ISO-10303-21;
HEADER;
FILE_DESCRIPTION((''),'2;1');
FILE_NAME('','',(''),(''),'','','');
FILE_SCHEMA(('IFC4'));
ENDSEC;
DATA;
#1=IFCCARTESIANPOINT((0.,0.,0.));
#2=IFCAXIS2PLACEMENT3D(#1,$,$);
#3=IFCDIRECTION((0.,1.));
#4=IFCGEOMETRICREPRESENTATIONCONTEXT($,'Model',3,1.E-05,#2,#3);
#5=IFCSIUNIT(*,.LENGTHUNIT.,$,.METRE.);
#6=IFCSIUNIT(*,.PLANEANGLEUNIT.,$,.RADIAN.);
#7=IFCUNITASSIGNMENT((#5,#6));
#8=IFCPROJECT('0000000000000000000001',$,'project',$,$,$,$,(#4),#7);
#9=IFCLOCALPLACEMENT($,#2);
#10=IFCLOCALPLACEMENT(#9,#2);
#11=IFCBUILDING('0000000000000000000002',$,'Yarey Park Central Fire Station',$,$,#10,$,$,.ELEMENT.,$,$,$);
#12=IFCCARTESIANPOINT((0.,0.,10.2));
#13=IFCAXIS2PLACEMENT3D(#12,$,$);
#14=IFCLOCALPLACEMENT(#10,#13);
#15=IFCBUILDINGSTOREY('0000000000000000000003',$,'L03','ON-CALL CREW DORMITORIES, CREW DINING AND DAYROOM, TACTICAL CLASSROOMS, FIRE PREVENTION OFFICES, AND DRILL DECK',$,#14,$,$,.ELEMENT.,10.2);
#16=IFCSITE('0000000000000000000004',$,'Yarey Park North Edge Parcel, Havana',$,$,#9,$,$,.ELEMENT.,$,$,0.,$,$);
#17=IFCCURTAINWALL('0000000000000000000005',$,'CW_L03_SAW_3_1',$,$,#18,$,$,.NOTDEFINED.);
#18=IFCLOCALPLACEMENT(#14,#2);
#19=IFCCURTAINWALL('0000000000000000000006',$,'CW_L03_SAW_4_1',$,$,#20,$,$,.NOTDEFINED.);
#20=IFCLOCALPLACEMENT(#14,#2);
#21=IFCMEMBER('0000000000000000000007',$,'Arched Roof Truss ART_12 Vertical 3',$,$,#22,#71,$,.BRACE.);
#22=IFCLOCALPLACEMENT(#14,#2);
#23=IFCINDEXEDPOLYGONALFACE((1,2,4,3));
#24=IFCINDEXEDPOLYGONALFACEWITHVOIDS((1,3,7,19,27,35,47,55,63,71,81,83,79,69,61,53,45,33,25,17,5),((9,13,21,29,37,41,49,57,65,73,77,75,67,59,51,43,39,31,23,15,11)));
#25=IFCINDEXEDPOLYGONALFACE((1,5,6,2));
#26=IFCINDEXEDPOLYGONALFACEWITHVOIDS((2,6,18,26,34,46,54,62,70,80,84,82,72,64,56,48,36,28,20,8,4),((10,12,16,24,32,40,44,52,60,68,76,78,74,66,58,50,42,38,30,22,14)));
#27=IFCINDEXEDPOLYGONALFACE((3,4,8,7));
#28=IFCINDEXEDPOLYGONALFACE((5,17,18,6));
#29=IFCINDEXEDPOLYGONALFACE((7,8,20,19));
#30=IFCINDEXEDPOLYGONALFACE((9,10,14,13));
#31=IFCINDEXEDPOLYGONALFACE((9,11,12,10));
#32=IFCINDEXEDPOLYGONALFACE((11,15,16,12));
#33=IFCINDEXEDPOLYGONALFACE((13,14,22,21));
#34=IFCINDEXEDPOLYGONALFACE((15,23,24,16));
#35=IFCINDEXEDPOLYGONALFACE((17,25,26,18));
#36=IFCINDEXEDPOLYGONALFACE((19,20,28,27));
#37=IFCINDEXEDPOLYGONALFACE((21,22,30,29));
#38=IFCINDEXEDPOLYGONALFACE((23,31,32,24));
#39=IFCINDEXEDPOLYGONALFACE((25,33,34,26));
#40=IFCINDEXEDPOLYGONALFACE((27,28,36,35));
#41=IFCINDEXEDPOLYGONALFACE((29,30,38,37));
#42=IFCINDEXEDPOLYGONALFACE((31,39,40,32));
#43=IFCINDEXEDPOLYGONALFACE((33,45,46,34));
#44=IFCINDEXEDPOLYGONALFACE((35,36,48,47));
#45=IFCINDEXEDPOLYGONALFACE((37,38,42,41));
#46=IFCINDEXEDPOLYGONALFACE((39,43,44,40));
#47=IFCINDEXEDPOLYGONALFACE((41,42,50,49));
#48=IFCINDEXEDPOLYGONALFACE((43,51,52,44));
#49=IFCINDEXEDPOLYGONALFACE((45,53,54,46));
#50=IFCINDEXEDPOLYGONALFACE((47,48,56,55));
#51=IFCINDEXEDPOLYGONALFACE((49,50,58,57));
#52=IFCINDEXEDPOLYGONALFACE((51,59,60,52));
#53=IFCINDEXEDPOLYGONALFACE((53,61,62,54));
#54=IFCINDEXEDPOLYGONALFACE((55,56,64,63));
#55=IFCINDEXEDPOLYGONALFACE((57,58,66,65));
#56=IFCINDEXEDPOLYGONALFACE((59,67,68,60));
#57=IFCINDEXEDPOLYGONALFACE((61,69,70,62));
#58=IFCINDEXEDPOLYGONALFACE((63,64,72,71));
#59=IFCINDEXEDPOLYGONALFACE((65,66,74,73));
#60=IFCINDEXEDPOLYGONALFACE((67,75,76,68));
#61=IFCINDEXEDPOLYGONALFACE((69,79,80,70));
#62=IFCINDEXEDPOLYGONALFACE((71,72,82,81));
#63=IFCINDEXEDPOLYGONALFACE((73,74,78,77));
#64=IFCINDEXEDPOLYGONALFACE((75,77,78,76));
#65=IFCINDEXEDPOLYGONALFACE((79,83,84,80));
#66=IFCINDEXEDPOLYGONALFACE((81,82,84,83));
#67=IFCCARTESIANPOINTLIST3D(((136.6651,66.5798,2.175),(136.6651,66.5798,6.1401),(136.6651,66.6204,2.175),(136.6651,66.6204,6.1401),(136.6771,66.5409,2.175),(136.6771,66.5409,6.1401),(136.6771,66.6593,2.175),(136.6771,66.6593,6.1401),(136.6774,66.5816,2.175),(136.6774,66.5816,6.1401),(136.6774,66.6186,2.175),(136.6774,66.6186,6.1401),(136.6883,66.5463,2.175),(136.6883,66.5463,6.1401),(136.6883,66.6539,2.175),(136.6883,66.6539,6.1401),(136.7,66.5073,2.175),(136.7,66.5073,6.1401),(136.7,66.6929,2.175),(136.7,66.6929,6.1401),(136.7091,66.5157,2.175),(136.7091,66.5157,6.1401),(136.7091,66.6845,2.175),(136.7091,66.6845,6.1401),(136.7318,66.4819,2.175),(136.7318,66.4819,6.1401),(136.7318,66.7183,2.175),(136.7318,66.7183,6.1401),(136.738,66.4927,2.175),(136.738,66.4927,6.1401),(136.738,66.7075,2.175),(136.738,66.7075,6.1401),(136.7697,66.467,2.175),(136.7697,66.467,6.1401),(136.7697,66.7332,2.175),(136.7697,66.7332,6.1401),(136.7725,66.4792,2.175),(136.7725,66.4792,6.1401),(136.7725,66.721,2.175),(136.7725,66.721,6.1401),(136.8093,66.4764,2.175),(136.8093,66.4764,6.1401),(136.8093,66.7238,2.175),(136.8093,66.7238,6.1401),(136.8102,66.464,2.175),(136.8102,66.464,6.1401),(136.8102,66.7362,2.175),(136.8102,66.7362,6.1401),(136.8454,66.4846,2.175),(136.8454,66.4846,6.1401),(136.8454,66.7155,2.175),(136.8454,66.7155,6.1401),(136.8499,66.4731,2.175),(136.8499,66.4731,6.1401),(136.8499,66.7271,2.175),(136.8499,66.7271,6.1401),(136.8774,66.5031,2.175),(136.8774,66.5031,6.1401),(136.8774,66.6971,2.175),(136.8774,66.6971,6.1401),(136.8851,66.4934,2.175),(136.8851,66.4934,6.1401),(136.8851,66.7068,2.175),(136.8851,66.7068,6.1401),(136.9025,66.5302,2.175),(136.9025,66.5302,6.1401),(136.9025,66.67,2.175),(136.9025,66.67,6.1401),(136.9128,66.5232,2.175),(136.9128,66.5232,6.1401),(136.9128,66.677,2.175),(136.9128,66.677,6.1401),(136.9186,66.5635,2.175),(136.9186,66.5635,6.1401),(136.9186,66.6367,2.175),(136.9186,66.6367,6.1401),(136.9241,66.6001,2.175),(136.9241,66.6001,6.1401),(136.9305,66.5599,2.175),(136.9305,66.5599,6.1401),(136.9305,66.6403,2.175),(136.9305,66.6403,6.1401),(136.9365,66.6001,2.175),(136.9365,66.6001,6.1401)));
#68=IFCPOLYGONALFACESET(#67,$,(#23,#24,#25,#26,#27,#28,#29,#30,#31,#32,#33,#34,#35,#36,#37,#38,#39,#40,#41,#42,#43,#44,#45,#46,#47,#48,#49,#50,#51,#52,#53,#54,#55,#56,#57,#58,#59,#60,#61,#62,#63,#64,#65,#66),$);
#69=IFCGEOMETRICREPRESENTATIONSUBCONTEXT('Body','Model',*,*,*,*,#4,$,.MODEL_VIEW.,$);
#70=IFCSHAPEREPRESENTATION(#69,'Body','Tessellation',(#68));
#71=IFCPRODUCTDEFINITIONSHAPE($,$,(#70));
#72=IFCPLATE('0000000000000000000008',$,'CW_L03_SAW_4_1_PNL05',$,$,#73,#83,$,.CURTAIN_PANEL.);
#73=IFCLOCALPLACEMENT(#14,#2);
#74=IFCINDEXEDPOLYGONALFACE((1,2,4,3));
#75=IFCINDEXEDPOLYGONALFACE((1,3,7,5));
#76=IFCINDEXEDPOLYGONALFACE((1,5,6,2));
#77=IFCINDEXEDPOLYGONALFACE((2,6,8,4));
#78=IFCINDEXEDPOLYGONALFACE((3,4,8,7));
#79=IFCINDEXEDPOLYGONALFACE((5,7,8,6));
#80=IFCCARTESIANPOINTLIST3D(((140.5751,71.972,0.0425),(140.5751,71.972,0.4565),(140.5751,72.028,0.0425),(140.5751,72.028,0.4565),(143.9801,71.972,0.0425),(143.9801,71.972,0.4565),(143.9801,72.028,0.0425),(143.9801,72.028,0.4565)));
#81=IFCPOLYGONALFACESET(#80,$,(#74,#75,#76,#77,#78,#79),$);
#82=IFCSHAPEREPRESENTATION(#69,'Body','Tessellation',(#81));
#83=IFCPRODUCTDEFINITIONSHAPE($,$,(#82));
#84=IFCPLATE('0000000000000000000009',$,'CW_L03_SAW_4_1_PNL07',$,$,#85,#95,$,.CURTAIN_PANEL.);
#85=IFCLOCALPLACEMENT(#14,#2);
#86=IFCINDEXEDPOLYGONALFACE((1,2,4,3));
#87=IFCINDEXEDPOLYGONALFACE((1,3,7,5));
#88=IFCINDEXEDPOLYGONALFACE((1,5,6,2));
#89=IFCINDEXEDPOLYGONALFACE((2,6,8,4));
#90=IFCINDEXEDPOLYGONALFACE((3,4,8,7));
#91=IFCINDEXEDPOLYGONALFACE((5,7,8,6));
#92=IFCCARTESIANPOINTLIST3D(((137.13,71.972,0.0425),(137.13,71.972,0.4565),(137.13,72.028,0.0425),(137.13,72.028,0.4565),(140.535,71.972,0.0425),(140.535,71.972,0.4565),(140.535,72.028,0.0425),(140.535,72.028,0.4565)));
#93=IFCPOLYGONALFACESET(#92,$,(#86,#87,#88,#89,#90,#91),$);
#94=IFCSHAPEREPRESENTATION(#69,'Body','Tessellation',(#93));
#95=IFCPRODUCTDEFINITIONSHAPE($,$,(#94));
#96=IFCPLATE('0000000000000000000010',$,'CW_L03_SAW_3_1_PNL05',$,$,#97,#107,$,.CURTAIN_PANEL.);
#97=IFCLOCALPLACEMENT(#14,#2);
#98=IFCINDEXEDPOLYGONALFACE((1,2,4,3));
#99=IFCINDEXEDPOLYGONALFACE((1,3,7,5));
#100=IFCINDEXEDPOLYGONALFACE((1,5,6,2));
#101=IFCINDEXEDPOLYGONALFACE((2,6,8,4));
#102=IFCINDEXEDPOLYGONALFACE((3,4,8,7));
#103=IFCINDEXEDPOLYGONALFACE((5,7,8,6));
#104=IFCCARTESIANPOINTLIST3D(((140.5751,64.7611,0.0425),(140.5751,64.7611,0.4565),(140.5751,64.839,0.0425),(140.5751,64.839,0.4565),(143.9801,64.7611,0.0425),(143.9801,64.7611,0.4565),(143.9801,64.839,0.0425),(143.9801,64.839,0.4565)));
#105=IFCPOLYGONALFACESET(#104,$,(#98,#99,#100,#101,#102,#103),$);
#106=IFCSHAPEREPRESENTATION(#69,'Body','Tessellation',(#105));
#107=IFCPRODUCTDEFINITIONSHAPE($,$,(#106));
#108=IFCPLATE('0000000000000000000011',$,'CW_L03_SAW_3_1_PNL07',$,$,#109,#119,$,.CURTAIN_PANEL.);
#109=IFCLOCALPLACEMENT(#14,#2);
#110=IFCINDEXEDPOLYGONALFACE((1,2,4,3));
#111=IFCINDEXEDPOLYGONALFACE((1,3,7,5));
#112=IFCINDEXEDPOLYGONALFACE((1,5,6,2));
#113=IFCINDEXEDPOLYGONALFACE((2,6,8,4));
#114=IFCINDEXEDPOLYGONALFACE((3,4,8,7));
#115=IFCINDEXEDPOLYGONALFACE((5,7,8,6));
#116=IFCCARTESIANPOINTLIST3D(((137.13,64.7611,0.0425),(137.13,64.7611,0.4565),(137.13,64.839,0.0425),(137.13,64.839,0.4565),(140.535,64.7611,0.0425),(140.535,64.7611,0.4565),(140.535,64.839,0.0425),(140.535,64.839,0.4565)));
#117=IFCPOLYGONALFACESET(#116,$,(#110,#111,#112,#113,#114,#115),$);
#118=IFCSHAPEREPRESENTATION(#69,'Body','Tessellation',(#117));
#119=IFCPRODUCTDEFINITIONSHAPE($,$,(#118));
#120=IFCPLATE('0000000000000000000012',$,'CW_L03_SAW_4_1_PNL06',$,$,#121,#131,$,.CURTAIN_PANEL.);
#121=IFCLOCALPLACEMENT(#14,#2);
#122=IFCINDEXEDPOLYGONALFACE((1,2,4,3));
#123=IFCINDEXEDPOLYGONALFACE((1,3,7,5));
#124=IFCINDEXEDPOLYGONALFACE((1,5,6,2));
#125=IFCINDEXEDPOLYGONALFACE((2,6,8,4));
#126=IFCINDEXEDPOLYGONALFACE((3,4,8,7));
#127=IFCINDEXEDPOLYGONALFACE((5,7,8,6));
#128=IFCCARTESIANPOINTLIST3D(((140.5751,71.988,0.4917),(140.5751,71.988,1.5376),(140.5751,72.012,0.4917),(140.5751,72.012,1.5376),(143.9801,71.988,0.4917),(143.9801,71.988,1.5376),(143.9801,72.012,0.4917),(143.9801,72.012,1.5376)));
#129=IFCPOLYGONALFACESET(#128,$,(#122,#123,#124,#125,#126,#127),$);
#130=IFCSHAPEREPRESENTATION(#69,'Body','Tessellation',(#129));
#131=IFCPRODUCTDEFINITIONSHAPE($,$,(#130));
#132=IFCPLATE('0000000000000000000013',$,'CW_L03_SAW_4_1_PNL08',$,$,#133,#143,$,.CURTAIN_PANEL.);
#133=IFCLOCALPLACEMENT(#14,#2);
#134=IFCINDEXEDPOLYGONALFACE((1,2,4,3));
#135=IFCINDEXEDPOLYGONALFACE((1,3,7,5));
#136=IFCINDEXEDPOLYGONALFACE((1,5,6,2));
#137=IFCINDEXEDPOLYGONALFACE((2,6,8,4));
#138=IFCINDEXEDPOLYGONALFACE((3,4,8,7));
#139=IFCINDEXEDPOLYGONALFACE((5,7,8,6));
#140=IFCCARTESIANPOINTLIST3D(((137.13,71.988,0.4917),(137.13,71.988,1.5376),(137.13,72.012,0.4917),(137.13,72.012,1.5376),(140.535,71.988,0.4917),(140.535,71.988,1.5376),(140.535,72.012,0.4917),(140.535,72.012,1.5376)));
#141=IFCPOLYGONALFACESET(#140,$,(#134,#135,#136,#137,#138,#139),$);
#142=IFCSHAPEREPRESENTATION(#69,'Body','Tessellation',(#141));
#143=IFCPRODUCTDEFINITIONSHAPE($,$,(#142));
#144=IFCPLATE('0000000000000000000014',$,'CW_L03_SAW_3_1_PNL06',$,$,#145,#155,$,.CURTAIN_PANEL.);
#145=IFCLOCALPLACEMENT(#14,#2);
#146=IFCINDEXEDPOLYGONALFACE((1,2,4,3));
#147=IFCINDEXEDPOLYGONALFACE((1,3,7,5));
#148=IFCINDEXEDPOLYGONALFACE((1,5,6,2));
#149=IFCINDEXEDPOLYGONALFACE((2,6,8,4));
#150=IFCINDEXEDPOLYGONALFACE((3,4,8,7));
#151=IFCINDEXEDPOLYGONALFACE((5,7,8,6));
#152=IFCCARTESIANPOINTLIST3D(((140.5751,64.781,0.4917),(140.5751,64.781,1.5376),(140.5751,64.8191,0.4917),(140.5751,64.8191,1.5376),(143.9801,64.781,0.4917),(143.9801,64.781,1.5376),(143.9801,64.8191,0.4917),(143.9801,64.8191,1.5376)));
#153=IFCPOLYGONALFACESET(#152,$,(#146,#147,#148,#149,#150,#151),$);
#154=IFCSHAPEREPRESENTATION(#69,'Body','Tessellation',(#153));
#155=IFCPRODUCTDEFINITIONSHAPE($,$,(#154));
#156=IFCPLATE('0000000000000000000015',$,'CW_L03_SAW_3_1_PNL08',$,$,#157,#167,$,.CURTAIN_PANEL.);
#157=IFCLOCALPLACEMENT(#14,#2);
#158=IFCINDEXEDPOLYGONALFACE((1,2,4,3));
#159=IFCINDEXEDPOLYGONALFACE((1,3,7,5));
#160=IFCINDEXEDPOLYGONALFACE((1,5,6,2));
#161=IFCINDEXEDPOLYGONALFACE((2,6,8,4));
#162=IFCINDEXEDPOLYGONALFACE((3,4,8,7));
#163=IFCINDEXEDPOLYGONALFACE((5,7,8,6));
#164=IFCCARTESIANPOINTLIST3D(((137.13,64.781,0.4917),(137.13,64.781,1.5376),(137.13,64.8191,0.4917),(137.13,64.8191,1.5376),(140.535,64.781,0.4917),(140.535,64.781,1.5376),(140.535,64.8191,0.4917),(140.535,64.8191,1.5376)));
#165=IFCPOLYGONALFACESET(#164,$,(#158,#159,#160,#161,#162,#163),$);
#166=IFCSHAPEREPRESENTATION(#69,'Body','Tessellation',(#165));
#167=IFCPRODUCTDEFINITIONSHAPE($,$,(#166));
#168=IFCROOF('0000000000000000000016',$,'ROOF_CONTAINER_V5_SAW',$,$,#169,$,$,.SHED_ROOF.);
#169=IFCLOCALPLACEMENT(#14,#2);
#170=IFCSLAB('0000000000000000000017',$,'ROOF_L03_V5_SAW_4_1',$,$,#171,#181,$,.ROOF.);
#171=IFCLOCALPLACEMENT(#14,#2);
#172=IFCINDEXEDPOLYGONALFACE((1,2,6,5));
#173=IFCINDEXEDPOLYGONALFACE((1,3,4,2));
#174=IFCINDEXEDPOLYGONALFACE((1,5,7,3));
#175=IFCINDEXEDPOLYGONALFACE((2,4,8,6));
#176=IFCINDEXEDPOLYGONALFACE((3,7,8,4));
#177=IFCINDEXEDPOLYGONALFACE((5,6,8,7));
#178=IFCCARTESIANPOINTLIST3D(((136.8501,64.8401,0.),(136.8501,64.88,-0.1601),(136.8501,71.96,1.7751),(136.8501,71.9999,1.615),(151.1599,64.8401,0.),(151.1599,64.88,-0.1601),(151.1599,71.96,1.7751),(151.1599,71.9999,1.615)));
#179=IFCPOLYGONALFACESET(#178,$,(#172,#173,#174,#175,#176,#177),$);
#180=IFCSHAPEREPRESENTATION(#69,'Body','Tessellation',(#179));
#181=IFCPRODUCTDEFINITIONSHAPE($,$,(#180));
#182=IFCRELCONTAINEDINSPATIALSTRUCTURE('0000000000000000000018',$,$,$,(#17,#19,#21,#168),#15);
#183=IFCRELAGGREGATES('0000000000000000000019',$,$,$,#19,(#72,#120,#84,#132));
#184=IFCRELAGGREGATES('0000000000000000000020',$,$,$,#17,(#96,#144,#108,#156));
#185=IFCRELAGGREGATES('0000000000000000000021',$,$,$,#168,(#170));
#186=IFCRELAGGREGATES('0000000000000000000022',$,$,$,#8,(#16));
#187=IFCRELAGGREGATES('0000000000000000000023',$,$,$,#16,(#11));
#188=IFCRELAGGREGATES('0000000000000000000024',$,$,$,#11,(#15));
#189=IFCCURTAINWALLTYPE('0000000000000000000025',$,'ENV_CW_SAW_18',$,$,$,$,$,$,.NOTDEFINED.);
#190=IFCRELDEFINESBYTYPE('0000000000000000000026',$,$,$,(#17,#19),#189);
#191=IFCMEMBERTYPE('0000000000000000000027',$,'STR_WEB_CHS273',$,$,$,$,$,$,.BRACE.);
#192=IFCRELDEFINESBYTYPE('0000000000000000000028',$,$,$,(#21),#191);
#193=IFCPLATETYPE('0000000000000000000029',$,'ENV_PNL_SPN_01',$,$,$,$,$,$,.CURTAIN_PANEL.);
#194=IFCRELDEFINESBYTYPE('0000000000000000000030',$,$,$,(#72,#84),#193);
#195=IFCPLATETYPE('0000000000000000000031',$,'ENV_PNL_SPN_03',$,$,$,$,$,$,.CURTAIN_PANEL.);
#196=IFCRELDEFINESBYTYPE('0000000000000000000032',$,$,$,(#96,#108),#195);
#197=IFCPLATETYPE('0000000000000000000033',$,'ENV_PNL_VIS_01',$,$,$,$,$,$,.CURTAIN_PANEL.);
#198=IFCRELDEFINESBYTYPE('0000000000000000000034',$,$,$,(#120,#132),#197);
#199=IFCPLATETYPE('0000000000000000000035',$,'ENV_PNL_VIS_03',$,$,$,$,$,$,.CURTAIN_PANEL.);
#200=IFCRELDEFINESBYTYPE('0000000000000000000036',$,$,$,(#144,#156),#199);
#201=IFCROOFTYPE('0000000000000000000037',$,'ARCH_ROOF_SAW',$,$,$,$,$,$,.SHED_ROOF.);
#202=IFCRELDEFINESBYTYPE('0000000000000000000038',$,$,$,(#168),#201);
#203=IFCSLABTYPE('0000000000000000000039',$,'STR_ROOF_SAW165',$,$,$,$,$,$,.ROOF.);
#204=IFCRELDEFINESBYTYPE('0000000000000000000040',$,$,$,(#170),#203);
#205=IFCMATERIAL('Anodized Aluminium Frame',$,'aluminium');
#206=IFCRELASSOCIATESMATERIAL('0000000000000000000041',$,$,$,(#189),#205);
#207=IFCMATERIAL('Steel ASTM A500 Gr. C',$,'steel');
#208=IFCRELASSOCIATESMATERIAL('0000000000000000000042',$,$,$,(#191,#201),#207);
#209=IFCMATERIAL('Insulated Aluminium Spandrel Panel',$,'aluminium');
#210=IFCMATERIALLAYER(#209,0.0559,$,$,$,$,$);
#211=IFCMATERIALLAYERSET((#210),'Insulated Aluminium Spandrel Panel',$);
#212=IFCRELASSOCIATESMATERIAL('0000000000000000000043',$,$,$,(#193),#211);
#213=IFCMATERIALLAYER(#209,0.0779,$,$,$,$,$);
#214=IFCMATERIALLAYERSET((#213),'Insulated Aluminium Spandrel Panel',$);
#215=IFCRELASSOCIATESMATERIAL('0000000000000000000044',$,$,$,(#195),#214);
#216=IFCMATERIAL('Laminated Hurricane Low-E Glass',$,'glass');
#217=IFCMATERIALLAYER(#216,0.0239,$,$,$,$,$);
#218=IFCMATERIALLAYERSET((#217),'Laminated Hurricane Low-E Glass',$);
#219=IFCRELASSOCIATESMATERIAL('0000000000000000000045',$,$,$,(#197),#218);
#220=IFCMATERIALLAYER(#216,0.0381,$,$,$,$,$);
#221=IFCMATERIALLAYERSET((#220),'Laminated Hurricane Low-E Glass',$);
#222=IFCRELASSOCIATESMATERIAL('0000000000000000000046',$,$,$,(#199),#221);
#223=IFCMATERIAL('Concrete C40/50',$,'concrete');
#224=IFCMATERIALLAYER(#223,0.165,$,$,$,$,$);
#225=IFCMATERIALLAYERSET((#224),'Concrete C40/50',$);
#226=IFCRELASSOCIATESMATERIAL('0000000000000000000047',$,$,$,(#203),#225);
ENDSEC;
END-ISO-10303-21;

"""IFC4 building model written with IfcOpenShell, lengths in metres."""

from ifc_helpers import new_model, si_unit, direction, frame, origin, origin_2d, place, context, subcontext, project, spatial, polyline, rectangle, hollow_circle, outline, extrude, material, layer, layer_set, material_profile, profile_set, type_object, element, aggregate, save


model = new_model("IFC4")

# Units and contexts
model_context = context("Model", 3, precision=1e-05, world=origin(), true_north=direction((0.0, 1.0)))
body_context = subcontext(model_context, "Body", "Model", "MODEL_VIEW")
ifc_project = project(units=[si_unit("LENGTHUNIT", "METRE"), si_unit("PLANEANGLEUNIT", "RADIAN")], contexts=[model_context])

# Site, building, storey
site_placement = place(None, origin())
site = spatial("IfcSite", under=ifc_project, at=site_placement, Name="Yarey Park North Edge Parcel, Havana", CompositionType="ELEMENT", RefElevation=0.0)
building_placement = place(site_placement, origin())
building = spatial("IfcBuilding", under=site, at=building_placement, Name="Yarey Park Central Fire Station", CompositionType="ELEMENT")
storey_placement = place(building_placement, frame((0.0, 0.0, 10.2)))
storey = spatial("IfcBuildingStorey", under=building, at=storey_placement, Name="L03", Description="ON-CALL CREW DORMITORIES, CREW DINING AND DAYROOM, TACTICAL CLASSROOMS, FIRE PREVENTION OFFICES, AND DRILL DECK", CompositionType="ELEMENT", Elevation=10.2)

# Curtain walls
ifc_material_1 = material(Name="Anodized Aluminium Frame", Category="aluminium")
curtain_wall_type = type_object("IfcCurtainWallType", Name="ENV_CW_SAW_18", PredefinedType="NOTDEFINED", material=ifc_material_1)
curtain_wall_1_placement = place(storey_placement, origin())
curtain_wall_1 = element("IfcCurtainWall", 1, at=curtain_wall_1_placement, inside=storey, type_object=curtain_wall_type, Name="CW_L03_SAW_3_1", PredefinedType="NOTDEFINED")
curtain_wall_2_placement = place(storey_placement, origin())
curtain_wall_2 = element("IfcCurtainWall", 2, at=curtain_wall_2_placement, inside=storey, type_object=curtain_wall_type, Name="CW_L03_SAW_4_1", PredefinedType="NOTDEFINED")

# Shared definitions
ifc_material_2 = material(Name="Steel ASTM A500 Gr. C", Category="steel")

# Member
ifc_material_profile_1 = material_profile(ifc_material_2, hollow_circle(Radius=0.1365, WallThickness=0.0125, at=origin_2d()), Name="CHS 273x12.5")
ifc_profile_set_1 = profile_set([ifc_material_profile_1], Name="Steel ASTM A500 Gr. C")
member_type_1 = type_object("IfcMemberType", Name="STR_WEB_CHS273", PredefinedType="BRACE", material=ifc_profile_set_1)
member_1_placement = place(storey_placement, frame((136.8, 66.6001, 2.175), z_axis=(0.0, 0.0, 1.0), x_axis=(1.0, 0.0, 0.0)))
element("IfcMember", 3, at=member_1_placement, inside=storey, type_object=member_type_1, Name="Arched Roof Truss ART_12 Vertical 3", PredefinedType="BRACE", context=body_context, shape_type="SweptSolid", body=[
    extrude(hollow_circle(Radius=0.1365, WallThickness=0.0125, at=origin_2d()), origin(), (0.0, 0.0, 1.0), 3.9651),
])

# Plates
ifc_material_3 = material(Name="Insulated Aluminium Spandrel Panel", Category="aluminium")
ifc_layer_1 = layer(ifc_material_3, 0.0559)
ifc_layer_set_1 = layer_set([ifc_layer_1], Name="Insulated Aluminium Spandrel Panel")
plate_type_1 = type_object("IfcPlateType", Name="ENV_PNL_SPN_01", PredefinedType="CURTAIN_PANEL", material=ifc_layer_set_1)
plate_1_placement = place(storey_placement, frame((142.2776, 72.0, 0.0425), z_axis=(0.0, 0.0, 1.0), x_axis=(-1.0, 0.0, 0.0)))
plate_1 = element("IfcPlate", 4, at=plate_1_placement, type_object=plate_type_1, Name="CW_L03_SAW_4_1_PNL05", PredefinedType="CURTAIN_PANEL", context=body_context, shape_type="SweptSolid", body=[
    extrude(rectangle(XDim=3.405, YDim=0.0559, at=origin_2d()), origin(), (0.0, 0.0, 1.0), 0.4141),
])
plate_2_placement = place(storey_placement, frame((138.8325, 72.0, 0.0425), z_axis=(0.0, 0.0, 1.0), x_axis=(-1.0, 0.0, 0.0)))
plate_2 = element("IfcPlate", 5, at=plate_2_placement, type_object=plate_type_1, Name="CW_L03_SAW_4_1_PNL07", PredefinedType="CURTAIN_PANEL", context=body_context, shape_type="SweptSolid", body=[
    extrude(rectangle(XDim=3.405, YDim=0.0559, at=origin_2d()), origin(), (0.0, 0.0, 1.0), 0.4141),
])
ifc_layer_2 = layer(ifc_material_3, 0.0779)
ifc_layer_set_2 = layer_set([ifc_layer_2], Name="Insulated Aluminium Spandrel Panel")
plate_type_2 = type_object("IfcPlateType", Name="ENV_PNL_SPN_03", PredefinedType="CURTAIN_PANEL", material=ifc_layer_set_2)
plate_3_placement = place(storey_placement, frame((142.2776, 64.8, 0.0425), z_axis=(0.0, 0.0, 1.0), x_axis=(-1.0, 0.0, 0.0)))
plate_3 = element("IfcPlate", 6, at=plate_3_placement, type_object=plate_type_2, Name="CW_L03_SAW_3_1_PNL05", PredefinedType="CURTAIN_PANEL", context=body_context, shape_type="SweptSolid", body=[
    extrude(rectangle(XDim=3.405, YDim=0.0779, at=origin_2d()), origin(), (0.0, 0.0, 1.0), 0.4141),
])
plate_4_placement = place(storey_placement, frame((138.8325, 64.8, 0.0425), z_axis=(0.0, 0.0, 1.0), x_axis=(-1.0, 0.0, 0.0)))
plate_4 = element("IfcPlate", 7, at=plate_4_placement, type_object=plate_type_2, Name="CW_L03_SAW_3_1_PNL07", PredefinedType="CURTAIN_PANEL", context=body_context, shape_type="SweptSolid", body=[
    extrude(rectangle(XDim=3.405, YDim=0.0779, at=origin_2d()), origin(), (0.0, 0.0, 1.0), 0.4141),
])
ifc_material_4 = material(Name="Laminated Hurricane Low-E Glass", Category="glass")
ifc_layer_3 = layer(ifc_material_4, 0.0239)
ifc_layer_set_3 = layer_set([ifc_layer_3], Name="Laminated Hurricane Low-E Glass")
plate_type_3 = type_object("IfcPlateType", Name="ENV_PNL_VIS_01", PredefinedType="CURTAIN_PANEL", material=ifc_layer_set_3)
plate_5_placement = place(storey_placement, frame((142.2776, 72.0, 0.4917), z_axis=(0.0, 0.0, 1.0), x_axis=(-1.0, 0.0, 0.0)))
plate_5 = element("IfcPlate", 8, at=plate_5_placement, type_object=plate_type_3, Name="CW_L03_SAW_4_1_PNL06", PredefinedType="CURTAIN_PANEL", context=body_context, shape_type="SweptSolid", body=[
    extrude(rectangle(XDim=3.405, YDim=0.0239, at=origin_2d()), origin(), (0.0, 0.0, 1.0), 1.0459),
])
plate_6_placement = place(storey_placement, frame((138.8325, 72.0, 0.4917), z_axis=(0.0, 0.0, 1.0), x_axis=(-1.0, 0.0, 0.0)))
plate_6 = element("IfcPlate", 9, at=plate_6_placement, type_object=plate_type_3, Name="CW_L03_SAW_4_1_PNL08", PredefinedType="CURTAIN_PANEL", context=body_context, shape_type="SweptSolid", body=[
    extrude(rectangle(XDim=3.405, YDim=0.0239, at=origin_2d()), origin(), (0.0, 0.0, 1.0), 1.0459),
])
aggregate(curtain_wall_2, [plate_1, plate_5, plate_2, plate_6])
ifc_layer_4 = layer(ifc_material_4, 0.0381)
ifc_layer_set_4 = layer_set([ifc_layer_4], Name="Laminated Hurricane Low-E Glass")
plate_type_4 = type_object("IfcPlateType", Name="ENV_PNL_VIS_03", PredefinedType="CURTAIN_PANEL", material=ifc_layer_set_4)
plate_7_placement = place(storey_placement, frame((142.2776, 64.8, 0.4917), z_axis=(0.0, 0.0, 1.0), x_axis=(-1.0, 0.0, 0.0)))
plate_7 = element("IfcPlate", 10, at=plate_7_placement, type_object=plate_type_4, Name="CW_L03_SAW_3_1_PNL06", PredefinedType="CURTAIN_PANEL", context=body_context, shape_type="SweptSolid", body=[
    extrude(rectangle(XDim=3.405, YDim=0.0381, at=origin_2d()), origin(), (0.0, 0.0, 1.0), 1.0459),
])
plate_8_placement = place(storey_placement, frame((138.8325, 64.8, 0.4917), z_axis=(0.0, 0.0, 1.0), x_axis=(-1.0, 0.0, 0.0)))
plate_8 = element("IfcPlate", 11, at=plate_8_placement, type_object=plate_type_4, Name="CW_L03_SAW_3_1_PNL08", PredefinedType="CURTAIN_PANEL", context=body_context, shape_type="SweptSolid", body=[
    extrude(rectangle(XDim=3.405, YDim=0.0381, at=origin_2d()), origin(), (0.0, 0.0, 1.0), 1.0459),
])
aggregate(curtain_wall_1, [plate_3, plate_7, plate_4, plate_8])

# Roof, slab
roof_type = type_object("IfcRoofType", Name="ARCH_ROOF_SAW", PredefinedType="SHED_ROOF", material=ifc_material_2)
roof_placement = place(storey_placement, origin())
roof = element("IfcRoof", 12, at=roof_placement, inside=storey, type_object=roof_type, Name="ROOF_CONTAINER_V5_SAW", PredefinedType="SHED_ROOF")
ifc_material_5 = material(Name="Concrete C40/50", Category="concrete")
ifc_layer_5 = layer(ifc_material_5, 0.165)
ifc_layer_set_5 = layer_set([ifc_layer_5], Name="Concrete C40/50")
slab_type = type_object("IfcSlabType", Name="STR_ROOF_SAW165", PredefinedType="ROOF", material=ifc_layer_set_5)
slab_placement = place(storey_placement, frame((136.8501, 64.8401, 0.0), z_axis=(0.0, -0.241917, 0.970297), x_axis=(1.0, 0.0, 0.0)))
slab = element("IfcSlab", 13, at=slab_placement, type_object=slab_type, Name="ROOF_L03_V5_SAW_4_1", PredefinedType="ROOF", context=body_context, shape_type="SweptSolid", body=[
    extrude(outline(polyline([(0.0, 0.0), (14.3098, 0.0), (14.3098, 7.3378), (0.0, 7.3378), (0.0, 0.0)])), origin(), (0.0, 0.0, -1.0), 0.165),
])
aggregate(roof, [slab])

save(model, "model.ifc")
